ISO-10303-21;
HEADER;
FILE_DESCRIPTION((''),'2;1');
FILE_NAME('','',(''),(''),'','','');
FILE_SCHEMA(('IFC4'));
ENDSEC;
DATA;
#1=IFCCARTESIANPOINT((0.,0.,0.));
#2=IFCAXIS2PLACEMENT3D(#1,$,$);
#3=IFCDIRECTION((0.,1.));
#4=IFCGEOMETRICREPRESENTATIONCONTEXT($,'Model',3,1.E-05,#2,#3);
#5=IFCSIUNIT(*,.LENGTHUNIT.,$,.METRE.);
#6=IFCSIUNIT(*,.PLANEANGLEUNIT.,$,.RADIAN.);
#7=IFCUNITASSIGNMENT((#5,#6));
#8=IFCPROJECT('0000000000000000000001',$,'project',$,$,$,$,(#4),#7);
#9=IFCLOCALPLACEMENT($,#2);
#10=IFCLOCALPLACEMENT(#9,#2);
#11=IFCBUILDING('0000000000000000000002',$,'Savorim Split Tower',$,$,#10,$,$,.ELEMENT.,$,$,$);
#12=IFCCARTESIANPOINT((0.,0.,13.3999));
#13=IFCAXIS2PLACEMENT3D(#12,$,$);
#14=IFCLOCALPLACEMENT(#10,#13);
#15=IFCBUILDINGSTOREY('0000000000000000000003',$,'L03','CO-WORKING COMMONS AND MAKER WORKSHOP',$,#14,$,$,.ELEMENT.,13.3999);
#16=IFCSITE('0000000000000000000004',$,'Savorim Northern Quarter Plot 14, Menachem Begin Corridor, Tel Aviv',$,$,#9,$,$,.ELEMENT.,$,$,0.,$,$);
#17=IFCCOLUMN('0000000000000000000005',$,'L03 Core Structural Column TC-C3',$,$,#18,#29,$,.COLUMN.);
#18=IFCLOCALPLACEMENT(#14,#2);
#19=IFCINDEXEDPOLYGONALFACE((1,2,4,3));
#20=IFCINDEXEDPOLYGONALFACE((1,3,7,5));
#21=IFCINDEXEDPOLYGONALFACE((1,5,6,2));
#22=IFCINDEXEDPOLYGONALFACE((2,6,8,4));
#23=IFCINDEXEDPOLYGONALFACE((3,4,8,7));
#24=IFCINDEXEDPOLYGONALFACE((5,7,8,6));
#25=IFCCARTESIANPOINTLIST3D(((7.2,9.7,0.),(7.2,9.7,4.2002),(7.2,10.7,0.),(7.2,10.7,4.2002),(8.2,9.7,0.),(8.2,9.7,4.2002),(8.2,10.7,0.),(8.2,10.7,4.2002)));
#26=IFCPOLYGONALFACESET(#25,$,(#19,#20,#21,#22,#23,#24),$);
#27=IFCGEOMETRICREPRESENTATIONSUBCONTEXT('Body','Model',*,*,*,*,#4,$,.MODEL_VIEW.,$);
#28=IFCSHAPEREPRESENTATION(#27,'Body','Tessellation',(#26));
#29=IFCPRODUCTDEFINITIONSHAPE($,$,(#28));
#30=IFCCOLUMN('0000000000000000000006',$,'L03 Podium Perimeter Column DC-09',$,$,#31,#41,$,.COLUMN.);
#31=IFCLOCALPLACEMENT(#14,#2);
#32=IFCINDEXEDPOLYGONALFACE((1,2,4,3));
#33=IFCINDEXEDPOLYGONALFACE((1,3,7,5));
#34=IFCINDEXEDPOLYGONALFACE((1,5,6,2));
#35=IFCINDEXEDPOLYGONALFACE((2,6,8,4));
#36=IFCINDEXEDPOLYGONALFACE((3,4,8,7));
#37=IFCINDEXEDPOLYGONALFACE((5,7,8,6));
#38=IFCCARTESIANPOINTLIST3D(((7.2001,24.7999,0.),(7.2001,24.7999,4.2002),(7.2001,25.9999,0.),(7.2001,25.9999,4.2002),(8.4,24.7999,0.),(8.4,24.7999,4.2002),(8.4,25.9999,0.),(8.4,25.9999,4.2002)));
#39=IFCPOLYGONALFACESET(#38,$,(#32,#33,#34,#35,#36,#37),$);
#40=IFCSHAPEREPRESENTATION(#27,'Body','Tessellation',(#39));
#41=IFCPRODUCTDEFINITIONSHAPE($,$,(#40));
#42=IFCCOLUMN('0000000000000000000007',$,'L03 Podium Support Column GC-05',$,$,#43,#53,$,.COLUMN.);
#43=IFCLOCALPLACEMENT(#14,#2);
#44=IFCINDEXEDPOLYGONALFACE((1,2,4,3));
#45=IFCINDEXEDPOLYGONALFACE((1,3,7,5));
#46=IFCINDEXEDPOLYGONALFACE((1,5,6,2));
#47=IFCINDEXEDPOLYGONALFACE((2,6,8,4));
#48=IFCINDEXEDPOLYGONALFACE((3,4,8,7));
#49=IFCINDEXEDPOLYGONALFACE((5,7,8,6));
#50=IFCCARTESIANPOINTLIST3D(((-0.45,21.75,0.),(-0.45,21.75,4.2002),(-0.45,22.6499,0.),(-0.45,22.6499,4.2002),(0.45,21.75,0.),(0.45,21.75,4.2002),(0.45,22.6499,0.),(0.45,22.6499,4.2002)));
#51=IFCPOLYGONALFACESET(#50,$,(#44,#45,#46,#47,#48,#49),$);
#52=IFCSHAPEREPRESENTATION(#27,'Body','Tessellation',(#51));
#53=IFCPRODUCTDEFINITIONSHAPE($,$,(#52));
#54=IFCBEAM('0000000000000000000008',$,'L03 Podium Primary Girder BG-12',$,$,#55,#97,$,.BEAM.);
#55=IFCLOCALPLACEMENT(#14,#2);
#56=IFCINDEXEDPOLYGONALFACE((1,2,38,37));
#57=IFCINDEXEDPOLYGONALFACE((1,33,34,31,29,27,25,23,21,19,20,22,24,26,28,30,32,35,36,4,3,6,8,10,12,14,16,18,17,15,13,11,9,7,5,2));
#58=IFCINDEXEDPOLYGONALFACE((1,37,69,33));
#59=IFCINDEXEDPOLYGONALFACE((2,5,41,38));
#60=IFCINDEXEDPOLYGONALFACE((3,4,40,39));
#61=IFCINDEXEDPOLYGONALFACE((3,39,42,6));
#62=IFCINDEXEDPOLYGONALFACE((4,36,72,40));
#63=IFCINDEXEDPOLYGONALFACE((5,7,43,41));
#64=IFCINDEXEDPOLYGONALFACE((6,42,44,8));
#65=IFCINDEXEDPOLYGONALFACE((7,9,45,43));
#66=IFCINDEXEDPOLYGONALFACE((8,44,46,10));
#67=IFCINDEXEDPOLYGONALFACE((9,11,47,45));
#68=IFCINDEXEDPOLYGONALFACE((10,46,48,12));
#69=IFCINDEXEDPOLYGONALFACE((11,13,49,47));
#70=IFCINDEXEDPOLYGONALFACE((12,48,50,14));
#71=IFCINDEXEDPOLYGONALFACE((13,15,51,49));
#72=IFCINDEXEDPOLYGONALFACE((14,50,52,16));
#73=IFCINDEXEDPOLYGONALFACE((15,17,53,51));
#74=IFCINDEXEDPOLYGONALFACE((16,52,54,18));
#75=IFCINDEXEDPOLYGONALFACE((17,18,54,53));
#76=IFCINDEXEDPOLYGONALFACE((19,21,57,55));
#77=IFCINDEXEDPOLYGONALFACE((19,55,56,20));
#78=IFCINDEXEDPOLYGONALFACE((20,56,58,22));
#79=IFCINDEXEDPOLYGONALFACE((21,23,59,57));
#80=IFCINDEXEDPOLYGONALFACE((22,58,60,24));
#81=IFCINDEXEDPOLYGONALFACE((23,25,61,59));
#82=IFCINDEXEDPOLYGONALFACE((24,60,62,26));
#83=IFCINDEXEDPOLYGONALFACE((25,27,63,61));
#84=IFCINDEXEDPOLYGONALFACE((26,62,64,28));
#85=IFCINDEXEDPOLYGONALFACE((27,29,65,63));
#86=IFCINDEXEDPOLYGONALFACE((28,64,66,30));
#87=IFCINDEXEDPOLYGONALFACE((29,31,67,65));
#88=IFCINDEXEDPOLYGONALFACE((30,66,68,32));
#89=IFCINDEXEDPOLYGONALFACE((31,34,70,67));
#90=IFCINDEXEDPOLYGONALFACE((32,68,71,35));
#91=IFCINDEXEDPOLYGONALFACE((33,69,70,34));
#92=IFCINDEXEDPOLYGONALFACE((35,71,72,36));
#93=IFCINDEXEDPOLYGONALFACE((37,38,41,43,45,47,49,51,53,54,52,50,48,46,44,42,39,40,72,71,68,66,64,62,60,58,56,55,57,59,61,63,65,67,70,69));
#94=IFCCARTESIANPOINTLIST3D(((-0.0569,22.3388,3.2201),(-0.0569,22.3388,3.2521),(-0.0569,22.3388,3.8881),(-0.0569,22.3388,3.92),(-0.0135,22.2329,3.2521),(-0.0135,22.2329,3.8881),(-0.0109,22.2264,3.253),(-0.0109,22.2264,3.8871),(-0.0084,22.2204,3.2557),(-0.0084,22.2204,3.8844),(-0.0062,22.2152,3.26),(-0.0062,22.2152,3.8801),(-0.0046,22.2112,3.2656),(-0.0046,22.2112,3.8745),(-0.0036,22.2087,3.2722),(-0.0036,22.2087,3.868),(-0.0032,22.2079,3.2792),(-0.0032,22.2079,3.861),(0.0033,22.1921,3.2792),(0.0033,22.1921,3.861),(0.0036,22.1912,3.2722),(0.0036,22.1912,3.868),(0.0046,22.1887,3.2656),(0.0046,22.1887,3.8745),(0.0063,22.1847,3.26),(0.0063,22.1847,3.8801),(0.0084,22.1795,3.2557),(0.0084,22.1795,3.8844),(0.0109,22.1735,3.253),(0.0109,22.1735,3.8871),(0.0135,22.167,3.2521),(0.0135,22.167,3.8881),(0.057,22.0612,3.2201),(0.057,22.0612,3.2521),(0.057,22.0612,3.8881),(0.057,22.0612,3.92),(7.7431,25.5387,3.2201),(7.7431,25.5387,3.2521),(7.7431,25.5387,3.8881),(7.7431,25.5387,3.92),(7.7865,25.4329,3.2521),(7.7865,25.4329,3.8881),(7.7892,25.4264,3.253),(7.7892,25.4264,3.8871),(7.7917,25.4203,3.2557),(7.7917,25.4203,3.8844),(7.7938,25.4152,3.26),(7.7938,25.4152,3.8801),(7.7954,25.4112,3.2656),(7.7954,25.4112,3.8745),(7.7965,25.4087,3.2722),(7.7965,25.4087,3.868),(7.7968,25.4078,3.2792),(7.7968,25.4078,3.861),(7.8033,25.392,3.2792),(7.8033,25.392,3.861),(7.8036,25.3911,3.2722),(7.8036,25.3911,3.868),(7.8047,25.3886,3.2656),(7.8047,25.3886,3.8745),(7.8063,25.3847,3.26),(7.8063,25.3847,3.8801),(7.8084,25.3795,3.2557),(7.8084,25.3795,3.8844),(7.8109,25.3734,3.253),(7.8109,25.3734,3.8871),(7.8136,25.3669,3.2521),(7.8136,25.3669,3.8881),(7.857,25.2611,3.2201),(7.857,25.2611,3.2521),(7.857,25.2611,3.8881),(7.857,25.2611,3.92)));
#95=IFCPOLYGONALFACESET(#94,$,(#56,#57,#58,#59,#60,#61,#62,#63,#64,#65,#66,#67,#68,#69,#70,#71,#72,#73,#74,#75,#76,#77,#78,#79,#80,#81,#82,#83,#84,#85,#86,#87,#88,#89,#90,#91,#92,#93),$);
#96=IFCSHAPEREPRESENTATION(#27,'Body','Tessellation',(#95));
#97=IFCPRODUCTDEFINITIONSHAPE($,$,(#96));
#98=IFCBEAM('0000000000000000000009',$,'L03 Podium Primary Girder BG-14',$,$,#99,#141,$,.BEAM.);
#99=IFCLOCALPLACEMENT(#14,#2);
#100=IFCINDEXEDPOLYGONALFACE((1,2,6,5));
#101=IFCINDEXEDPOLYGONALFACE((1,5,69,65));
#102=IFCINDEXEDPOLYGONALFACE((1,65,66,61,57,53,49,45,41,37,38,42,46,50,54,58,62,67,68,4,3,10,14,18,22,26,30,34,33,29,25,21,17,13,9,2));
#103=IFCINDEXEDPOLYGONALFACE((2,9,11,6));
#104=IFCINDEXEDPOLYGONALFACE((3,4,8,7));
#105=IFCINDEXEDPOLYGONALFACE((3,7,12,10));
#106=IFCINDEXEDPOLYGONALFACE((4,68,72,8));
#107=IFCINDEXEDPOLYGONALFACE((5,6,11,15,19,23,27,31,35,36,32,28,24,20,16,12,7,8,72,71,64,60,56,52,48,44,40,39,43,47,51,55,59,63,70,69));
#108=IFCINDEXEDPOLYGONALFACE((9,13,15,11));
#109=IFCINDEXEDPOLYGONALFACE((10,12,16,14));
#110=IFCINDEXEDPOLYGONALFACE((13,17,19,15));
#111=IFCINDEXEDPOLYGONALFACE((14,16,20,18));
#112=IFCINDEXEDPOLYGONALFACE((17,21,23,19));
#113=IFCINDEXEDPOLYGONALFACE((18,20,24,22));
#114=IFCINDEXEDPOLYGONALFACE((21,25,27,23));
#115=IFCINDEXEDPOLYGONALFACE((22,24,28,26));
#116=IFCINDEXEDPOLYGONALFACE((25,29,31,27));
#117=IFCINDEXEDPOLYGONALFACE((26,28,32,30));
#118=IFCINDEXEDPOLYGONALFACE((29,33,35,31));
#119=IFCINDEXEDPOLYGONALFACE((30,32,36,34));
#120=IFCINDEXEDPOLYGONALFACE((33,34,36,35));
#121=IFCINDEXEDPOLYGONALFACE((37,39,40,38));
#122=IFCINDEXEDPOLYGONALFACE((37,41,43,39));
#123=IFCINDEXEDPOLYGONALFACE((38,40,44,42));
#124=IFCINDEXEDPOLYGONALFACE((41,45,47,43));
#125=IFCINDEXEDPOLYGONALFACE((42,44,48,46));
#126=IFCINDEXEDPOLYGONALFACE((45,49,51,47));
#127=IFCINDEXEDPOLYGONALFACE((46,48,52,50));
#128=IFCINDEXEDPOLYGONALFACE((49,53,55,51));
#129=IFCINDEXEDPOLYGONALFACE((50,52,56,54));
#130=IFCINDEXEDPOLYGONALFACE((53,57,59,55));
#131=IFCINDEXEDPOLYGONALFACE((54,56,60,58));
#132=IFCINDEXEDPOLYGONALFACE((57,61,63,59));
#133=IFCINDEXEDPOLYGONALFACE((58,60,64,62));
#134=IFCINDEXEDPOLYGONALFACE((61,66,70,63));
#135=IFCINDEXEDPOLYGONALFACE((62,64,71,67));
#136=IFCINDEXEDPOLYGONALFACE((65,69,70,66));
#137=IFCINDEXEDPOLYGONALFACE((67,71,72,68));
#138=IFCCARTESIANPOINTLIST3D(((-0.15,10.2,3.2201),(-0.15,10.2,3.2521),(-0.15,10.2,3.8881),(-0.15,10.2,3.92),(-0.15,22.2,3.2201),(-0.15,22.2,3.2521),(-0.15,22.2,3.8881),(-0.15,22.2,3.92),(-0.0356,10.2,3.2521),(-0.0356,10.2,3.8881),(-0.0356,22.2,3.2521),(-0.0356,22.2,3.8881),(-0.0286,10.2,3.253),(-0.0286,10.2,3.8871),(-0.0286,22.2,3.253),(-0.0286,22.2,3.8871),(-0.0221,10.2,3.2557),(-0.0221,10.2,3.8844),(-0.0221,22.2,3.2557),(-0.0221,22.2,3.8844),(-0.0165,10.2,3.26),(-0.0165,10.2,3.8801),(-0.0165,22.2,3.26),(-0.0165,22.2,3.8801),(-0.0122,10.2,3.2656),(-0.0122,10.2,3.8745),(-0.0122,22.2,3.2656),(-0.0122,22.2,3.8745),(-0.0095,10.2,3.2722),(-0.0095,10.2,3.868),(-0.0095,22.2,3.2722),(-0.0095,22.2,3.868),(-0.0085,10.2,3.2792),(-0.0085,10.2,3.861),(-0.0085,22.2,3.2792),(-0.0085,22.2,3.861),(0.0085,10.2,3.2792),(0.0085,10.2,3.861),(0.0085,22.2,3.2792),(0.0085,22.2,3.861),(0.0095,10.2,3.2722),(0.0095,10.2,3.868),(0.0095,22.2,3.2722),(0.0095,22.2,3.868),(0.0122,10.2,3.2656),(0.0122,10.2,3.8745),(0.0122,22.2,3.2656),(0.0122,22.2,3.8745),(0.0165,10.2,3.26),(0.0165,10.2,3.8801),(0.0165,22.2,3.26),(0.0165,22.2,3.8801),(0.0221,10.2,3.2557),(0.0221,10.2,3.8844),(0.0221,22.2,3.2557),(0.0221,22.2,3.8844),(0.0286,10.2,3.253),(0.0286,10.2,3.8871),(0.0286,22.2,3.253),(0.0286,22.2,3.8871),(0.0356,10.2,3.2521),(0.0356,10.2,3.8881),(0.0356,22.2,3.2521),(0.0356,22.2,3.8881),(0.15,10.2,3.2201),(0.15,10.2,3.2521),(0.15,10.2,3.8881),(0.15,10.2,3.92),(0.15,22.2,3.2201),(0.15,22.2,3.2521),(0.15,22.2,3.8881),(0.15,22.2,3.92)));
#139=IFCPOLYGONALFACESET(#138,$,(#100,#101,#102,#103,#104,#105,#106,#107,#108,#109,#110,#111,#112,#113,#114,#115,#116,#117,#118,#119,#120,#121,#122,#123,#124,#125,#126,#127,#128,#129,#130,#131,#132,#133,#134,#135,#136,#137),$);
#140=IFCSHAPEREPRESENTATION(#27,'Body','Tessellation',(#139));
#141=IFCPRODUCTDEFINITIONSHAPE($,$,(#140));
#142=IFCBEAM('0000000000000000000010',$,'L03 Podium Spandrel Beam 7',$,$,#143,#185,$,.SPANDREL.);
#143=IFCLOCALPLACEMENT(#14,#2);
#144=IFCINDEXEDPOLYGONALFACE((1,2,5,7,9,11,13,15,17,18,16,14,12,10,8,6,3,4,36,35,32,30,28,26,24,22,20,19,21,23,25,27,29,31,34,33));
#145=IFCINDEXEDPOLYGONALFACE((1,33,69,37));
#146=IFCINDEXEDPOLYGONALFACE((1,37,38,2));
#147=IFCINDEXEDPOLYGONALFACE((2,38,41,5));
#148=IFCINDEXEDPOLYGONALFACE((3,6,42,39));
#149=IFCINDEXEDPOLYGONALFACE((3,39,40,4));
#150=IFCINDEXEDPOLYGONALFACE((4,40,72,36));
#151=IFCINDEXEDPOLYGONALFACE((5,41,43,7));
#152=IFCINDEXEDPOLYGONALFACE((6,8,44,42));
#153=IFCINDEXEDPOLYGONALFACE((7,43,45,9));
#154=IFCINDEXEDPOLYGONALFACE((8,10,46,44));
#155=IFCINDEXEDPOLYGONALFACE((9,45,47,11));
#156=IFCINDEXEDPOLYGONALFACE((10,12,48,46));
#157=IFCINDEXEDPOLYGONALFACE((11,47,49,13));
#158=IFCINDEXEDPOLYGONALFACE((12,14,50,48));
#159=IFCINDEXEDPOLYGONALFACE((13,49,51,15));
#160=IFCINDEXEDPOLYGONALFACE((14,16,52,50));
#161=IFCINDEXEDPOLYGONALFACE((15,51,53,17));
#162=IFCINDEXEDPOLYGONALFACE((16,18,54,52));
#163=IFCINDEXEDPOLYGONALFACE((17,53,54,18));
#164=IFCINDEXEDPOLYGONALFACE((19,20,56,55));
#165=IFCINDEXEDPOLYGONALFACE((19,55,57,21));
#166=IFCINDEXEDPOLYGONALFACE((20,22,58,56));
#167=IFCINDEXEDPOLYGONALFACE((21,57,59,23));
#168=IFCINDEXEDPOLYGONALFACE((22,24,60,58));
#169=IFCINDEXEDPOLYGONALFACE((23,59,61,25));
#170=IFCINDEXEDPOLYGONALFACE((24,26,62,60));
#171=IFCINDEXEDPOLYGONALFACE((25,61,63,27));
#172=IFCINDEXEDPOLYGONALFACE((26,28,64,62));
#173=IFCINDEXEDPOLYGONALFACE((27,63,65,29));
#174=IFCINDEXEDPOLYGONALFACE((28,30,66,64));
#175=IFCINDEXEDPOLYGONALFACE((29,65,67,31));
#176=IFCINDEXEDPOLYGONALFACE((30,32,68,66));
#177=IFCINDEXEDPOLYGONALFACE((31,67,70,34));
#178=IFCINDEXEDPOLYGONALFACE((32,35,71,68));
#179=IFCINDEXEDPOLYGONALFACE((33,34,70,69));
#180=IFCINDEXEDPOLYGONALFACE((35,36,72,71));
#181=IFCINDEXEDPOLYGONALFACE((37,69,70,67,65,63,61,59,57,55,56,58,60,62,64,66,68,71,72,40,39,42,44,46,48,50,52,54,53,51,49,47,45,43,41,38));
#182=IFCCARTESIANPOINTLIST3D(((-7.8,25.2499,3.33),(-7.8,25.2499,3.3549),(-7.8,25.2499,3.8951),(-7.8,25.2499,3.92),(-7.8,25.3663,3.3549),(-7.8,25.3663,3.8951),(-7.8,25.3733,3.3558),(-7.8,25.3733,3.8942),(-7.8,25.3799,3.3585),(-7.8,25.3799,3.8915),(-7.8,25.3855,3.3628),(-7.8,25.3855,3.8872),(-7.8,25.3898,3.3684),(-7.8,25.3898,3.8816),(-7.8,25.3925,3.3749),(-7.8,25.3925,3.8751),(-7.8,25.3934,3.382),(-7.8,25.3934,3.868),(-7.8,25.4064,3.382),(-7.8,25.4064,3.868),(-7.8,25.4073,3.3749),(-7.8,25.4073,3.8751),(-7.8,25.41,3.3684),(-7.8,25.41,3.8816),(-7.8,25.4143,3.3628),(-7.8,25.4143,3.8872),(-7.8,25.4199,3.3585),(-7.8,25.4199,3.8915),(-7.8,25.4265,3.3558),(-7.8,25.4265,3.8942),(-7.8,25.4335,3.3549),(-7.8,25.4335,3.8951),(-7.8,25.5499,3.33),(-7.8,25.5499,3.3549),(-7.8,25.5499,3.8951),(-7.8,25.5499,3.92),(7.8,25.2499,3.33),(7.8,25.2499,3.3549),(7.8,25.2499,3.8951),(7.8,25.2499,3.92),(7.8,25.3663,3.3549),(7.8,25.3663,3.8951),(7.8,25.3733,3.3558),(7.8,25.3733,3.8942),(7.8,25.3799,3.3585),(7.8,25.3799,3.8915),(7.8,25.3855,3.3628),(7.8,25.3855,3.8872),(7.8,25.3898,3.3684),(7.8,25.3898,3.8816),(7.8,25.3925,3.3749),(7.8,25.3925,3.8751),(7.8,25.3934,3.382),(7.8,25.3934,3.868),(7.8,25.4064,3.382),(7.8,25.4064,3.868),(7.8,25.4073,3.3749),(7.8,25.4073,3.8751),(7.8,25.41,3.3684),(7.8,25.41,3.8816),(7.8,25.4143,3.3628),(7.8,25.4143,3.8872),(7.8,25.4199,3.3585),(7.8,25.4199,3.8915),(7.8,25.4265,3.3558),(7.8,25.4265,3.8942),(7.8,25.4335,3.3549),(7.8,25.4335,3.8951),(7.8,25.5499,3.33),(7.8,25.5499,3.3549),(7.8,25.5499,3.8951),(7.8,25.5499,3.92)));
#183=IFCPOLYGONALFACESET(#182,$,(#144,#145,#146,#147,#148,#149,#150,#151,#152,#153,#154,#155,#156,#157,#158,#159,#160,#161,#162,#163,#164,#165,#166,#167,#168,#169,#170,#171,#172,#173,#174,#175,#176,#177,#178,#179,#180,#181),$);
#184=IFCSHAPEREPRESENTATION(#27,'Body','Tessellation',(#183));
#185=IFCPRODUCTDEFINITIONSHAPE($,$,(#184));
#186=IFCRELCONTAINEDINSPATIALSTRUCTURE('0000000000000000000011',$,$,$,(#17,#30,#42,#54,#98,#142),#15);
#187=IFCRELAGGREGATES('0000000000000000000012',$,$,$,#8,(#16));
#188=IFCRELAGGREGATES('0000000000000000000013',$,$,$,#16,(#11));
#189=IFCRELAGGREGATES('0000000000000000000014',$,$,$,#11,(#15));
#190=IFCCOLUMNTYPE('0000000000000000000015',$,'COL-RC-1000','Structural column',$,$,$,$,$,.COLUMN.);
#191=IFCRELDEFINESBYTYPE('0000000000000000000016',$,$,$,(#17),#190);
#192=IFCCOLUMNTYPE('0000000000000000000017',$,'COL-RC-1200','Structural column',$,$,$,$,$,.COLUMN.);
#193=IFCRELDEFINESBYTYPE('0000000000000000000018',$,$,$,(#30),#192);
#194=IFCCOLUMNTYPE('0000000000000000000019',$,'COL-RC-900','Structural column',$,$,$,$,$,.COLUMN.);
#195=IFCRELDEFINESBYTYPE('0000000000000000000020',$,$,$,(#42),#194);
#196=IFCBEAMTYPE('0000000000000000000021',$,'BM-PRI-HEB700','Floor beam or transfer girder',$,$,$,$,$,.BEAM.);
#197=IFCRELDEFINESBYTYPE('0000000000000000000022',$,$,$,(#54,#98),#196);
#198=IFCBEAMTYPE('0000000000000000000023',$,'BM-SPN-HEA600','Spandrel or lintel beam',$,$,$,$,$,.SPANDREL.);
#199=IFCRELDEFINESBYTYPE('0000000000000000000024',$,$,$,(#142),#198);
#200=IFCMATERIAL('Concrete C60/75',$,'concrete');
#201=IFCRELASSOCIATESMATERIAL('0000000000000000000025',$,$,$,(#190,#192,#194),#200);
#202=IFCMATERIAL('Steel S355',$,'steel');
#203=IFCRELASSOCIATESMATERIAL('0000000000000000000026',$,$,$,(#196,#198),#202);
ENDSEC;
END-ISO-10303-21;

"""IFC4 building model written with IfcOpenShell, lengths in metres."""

from ifc_helpers import new_model, si_unit, direction, frame, origin, origin_2d, place, context, subcontext, project, spatial, rectangle, i_section, extrude, material, material_profile, profile_set, type_object, element, save


model = new_model("IFC4")

# Units and contexts
model_context = context("Model", 3, precision=1e-05, world=origin(), true_north=direction((0.0, 1.0)))
body_context = subcontext(model_context, "Body", "Model", "MODEL_VIEW")
ifc_project = project(units=[si_unit("LENGTHUNIT", "METRE"), si_unit("PLANEANGLEUNIT", "RADIAN")], contexts=[model_context])

# Site, building, storey
site_placement = place(None, origin())
site = spatial("IfcSite", under=ifc_project, at=site_placement, Name="Savorim Northern Quarter Plot 14, Menachem Begin Corridor, Tel Aviv", CompositionType="ELEMENT", RefElevation=0.0)
building_placement = place(site_placement, origin())
building = spatial("IfcBuilding", under=site, at=building_placement, Name="Savorim Split Tower", CompositionType="ELEMENT")
storey_placement = place(building_placement, frame((0.0, 0.0, 13.3999)))
storey = spatial("IfcBuildingStorey", under=building, at=storey_placement, Name="L03", Description="CO-WORKING COMMONS AND MAKER WORKSHOP", CompositionType="ELEMENT", Elevation=13.3999)

# Columns
ifc_material_1 = material(Name="Concrete C60/75", Category="concrete")
ifc_material_profile_1 = material_profile(ifc_material_1, rectangle(XDim=1.0, YDim=1.0, at=origin_2d()), Name="RC 1000x1000")
ifc_profile_set_1 = profile_set([ifc_material_profile_1], Name="Concrete C60/75")
column_type_1 = type_object("IfcColumnType", Name="COL-RC-1000", Description="Structural column", PredefinedType="COLUMN", material=ifc_profile_set_1)
column_1_placement = place(storey_placement, frame((7.7, 10.2, 0.0), z_axis=(0.0, 0.0, 1.0), x_axis=(1.0, 0.0, 0.0)))
element("IfcColumn", 1, at=column_1_placement, inside=storey, type_object=column_type_1, Name="L03 Core Structural Column TC-C3", PredefinedType="COLUMN", context=body_context, shape_type="SweptSolid", body=[
    extrude(rectangle(XDim=1.0, YDim=1.0, at=origin_2d()), origin(), (0.0, 0.0, 1.0), 4.2002),
])
ifc_material_profile_2 = material_profile(ifc_material_1, rectangle(XDim=1.2, YDim=1.2, at=origin_2d()), Name="RC 1200x1200")
ifc_profile_set_2 = profile_set([ifc_material_profile_2], Name="Concrete C60/75")
column_type_2 = type_object("IfcColumnType", Name="COL-RC-1200", Description="Structural column", PredefinedType="COLUMN", material=ifc_profile_set_2)
column_2_placement = place(storey_placement, frame((7.8, 25.3999, 0.0), z_axis=(0.0, 0.0, 1.0), x_axis=(1.0, 0.0, 0.0)))
element("IfcColumn", 2, at=column_2_placement, inside=storey, type_object=column_type_2, Name="L03 Podium Perimeter Column DC-09", PredefinedType="COLUMN", context=body_context, shape_type="SweptSolid", body=[
    extrude(rectangle(XDim=1.2, YDim=1.2, at=origin_2d()), origin(), (0.0, 0.0, 1.0), 4.2002),
])
ifc_material_profile_3 = material_profile(ifc_material_1, rectangle(XDim=0.8999, YDim=0.8999, at=origin_2d()), Name="RC 900x900")
ifc_profile_set_3 = profile_set([ifc_material_profile_3], Name="Concrete C60/75")
column_type_3 = type_object("IfcColumnType", Name="COL-RC-900", Description="Structural column", PredefinedType="COLUMN", material=ifc_profile_set_3)
column_3_placement = place(storey_placement, frame((0.0, 22.2, 0.0), z_axis=(0.0, 0.0, 1.0), x_axis=(1.0, 0.0, 0.0)))
element("IfcColumn", 3, at=column_3_placement, inside=storey, type_object=column_type_3, Name="L03 Podium Support Column GC-05", PredefinedType="COLUMN", context=body_context, shape_type="SweptSolid", body=[
    extrude(rectangle(XDim=0.8999, YDim=0.8999, at=origin_2d()), origin(), (0.0, 0.0, 1.0), 4.2002),
])

# Beams
ifc_material_2 = material(Name="Steel S355", Category="steel")
ifc_material_profile_4 = material_profile(ifc_material_2, i_section(OverallWidth=0.3, OverallDepth=0.7, WebThickness=0.0171, FlangeThickness=0.032, FilletRadius=0.0271, at=origin_2d()), Name="HEB 700")
ifc_profile_set_4 = profile_set([ifc_material_profile_4], Name="Steel S355")
beam_type_1 = type_object("IfcBeamType", Name="BM-PRI-HEB700", Description="Floor beam or transfer girder", PredefinedType="BEAM", material=ifc_profile_set_4)
beam_1_placement = place(storey_placement, frame((7.8, 25.3999, 3.5701), z_axis=(-0.925171, -0.379549, 0.0), x_axis=(0.379549, -0.925171, 0.0)))
element("IfcBeam", 4, at=beam_1_placement, inside=storey, type_object=beam_type_1, Name="L03 Podium Primary Girder BG-12", PredefinedType="BEAM", context=body_context, shape_type="SweptSolid", body=[
    extrude(i_section(OverallWidth=0.3, OverallDepth=0.7, WebThickness=0.0171, FlangeThickness=0.032, FilletRadius=0.0271, at=origin_2d()), origin(), (0.0, 0.0, 1.0), 8.4309),
])
beam_2_placement = place(storey_placement, frame((0.0, 22.2, 3.5701), z_axis=(0.0, -1.0, 0.0), x_axis=(1.0, 0.0, 0.0)))
element("IfcBeam", 5, at=beam_2_placement, inside=storey, type_object=beam_type_1, Name="L03 Podium Primary Girder BG-14", PredefinedType="BEAM", context=body_context, shape_type="SweptSolid", body=[
    extrude(i_section(OverallWidth=0.3, OverallDepth=0.7, WebThickness=0.0171, FlangeThickness=0.032, FilletRadius=0.0271, at=origin_2d()), origin(), (0.0, 0.0, 1.0), 12.0),
])
ifc_material_profile_5 = material_profile(ifc_material_2, i_section(OverallWidth=0.3, OverallDepth=0.5901, WebThickness=0.0129, FlangeThickness=0.0249, FilletRadius=0.0271, at=origin_2d()), Name="HEA 600")
ifc_profile_set_5 = profile_set([ifc_material_profile_5], Name="Steel S355")
beam_type_2 = type_object("IfcBeamType", Name="BM-SPN-HEA600", Description="Spandrel or lintel beam", PredefinedType="SPANDREL", material=ifc_profile_set_5)
beam_3_placement = place(storey_placement, frame((7.8, 25.3999, 3.625), z_axis=(-1.0, 0.0, 0.0), x_axis=(0.0, -1.0, 0.0)))
element("IfcBeam", 6, at=beam_3_placement, inside=storey, type_object=beam_type_2, Name="L03 Podium Spandrel Beam 7", PredefinedType="SPANDREL", context=body_context, shape_type="SweptSolid", body=[
    extrude(i_section(OverallWidth=0.3, OverallDepth=0.5901, WebThickness=0.0129, FlangeThickness=0.0249, FilletRadius=0.0271, at=origin_2d()), origin(), (0.0, 0.0, 1.0), 15.6001),
])

save(model, "model.ifc")
